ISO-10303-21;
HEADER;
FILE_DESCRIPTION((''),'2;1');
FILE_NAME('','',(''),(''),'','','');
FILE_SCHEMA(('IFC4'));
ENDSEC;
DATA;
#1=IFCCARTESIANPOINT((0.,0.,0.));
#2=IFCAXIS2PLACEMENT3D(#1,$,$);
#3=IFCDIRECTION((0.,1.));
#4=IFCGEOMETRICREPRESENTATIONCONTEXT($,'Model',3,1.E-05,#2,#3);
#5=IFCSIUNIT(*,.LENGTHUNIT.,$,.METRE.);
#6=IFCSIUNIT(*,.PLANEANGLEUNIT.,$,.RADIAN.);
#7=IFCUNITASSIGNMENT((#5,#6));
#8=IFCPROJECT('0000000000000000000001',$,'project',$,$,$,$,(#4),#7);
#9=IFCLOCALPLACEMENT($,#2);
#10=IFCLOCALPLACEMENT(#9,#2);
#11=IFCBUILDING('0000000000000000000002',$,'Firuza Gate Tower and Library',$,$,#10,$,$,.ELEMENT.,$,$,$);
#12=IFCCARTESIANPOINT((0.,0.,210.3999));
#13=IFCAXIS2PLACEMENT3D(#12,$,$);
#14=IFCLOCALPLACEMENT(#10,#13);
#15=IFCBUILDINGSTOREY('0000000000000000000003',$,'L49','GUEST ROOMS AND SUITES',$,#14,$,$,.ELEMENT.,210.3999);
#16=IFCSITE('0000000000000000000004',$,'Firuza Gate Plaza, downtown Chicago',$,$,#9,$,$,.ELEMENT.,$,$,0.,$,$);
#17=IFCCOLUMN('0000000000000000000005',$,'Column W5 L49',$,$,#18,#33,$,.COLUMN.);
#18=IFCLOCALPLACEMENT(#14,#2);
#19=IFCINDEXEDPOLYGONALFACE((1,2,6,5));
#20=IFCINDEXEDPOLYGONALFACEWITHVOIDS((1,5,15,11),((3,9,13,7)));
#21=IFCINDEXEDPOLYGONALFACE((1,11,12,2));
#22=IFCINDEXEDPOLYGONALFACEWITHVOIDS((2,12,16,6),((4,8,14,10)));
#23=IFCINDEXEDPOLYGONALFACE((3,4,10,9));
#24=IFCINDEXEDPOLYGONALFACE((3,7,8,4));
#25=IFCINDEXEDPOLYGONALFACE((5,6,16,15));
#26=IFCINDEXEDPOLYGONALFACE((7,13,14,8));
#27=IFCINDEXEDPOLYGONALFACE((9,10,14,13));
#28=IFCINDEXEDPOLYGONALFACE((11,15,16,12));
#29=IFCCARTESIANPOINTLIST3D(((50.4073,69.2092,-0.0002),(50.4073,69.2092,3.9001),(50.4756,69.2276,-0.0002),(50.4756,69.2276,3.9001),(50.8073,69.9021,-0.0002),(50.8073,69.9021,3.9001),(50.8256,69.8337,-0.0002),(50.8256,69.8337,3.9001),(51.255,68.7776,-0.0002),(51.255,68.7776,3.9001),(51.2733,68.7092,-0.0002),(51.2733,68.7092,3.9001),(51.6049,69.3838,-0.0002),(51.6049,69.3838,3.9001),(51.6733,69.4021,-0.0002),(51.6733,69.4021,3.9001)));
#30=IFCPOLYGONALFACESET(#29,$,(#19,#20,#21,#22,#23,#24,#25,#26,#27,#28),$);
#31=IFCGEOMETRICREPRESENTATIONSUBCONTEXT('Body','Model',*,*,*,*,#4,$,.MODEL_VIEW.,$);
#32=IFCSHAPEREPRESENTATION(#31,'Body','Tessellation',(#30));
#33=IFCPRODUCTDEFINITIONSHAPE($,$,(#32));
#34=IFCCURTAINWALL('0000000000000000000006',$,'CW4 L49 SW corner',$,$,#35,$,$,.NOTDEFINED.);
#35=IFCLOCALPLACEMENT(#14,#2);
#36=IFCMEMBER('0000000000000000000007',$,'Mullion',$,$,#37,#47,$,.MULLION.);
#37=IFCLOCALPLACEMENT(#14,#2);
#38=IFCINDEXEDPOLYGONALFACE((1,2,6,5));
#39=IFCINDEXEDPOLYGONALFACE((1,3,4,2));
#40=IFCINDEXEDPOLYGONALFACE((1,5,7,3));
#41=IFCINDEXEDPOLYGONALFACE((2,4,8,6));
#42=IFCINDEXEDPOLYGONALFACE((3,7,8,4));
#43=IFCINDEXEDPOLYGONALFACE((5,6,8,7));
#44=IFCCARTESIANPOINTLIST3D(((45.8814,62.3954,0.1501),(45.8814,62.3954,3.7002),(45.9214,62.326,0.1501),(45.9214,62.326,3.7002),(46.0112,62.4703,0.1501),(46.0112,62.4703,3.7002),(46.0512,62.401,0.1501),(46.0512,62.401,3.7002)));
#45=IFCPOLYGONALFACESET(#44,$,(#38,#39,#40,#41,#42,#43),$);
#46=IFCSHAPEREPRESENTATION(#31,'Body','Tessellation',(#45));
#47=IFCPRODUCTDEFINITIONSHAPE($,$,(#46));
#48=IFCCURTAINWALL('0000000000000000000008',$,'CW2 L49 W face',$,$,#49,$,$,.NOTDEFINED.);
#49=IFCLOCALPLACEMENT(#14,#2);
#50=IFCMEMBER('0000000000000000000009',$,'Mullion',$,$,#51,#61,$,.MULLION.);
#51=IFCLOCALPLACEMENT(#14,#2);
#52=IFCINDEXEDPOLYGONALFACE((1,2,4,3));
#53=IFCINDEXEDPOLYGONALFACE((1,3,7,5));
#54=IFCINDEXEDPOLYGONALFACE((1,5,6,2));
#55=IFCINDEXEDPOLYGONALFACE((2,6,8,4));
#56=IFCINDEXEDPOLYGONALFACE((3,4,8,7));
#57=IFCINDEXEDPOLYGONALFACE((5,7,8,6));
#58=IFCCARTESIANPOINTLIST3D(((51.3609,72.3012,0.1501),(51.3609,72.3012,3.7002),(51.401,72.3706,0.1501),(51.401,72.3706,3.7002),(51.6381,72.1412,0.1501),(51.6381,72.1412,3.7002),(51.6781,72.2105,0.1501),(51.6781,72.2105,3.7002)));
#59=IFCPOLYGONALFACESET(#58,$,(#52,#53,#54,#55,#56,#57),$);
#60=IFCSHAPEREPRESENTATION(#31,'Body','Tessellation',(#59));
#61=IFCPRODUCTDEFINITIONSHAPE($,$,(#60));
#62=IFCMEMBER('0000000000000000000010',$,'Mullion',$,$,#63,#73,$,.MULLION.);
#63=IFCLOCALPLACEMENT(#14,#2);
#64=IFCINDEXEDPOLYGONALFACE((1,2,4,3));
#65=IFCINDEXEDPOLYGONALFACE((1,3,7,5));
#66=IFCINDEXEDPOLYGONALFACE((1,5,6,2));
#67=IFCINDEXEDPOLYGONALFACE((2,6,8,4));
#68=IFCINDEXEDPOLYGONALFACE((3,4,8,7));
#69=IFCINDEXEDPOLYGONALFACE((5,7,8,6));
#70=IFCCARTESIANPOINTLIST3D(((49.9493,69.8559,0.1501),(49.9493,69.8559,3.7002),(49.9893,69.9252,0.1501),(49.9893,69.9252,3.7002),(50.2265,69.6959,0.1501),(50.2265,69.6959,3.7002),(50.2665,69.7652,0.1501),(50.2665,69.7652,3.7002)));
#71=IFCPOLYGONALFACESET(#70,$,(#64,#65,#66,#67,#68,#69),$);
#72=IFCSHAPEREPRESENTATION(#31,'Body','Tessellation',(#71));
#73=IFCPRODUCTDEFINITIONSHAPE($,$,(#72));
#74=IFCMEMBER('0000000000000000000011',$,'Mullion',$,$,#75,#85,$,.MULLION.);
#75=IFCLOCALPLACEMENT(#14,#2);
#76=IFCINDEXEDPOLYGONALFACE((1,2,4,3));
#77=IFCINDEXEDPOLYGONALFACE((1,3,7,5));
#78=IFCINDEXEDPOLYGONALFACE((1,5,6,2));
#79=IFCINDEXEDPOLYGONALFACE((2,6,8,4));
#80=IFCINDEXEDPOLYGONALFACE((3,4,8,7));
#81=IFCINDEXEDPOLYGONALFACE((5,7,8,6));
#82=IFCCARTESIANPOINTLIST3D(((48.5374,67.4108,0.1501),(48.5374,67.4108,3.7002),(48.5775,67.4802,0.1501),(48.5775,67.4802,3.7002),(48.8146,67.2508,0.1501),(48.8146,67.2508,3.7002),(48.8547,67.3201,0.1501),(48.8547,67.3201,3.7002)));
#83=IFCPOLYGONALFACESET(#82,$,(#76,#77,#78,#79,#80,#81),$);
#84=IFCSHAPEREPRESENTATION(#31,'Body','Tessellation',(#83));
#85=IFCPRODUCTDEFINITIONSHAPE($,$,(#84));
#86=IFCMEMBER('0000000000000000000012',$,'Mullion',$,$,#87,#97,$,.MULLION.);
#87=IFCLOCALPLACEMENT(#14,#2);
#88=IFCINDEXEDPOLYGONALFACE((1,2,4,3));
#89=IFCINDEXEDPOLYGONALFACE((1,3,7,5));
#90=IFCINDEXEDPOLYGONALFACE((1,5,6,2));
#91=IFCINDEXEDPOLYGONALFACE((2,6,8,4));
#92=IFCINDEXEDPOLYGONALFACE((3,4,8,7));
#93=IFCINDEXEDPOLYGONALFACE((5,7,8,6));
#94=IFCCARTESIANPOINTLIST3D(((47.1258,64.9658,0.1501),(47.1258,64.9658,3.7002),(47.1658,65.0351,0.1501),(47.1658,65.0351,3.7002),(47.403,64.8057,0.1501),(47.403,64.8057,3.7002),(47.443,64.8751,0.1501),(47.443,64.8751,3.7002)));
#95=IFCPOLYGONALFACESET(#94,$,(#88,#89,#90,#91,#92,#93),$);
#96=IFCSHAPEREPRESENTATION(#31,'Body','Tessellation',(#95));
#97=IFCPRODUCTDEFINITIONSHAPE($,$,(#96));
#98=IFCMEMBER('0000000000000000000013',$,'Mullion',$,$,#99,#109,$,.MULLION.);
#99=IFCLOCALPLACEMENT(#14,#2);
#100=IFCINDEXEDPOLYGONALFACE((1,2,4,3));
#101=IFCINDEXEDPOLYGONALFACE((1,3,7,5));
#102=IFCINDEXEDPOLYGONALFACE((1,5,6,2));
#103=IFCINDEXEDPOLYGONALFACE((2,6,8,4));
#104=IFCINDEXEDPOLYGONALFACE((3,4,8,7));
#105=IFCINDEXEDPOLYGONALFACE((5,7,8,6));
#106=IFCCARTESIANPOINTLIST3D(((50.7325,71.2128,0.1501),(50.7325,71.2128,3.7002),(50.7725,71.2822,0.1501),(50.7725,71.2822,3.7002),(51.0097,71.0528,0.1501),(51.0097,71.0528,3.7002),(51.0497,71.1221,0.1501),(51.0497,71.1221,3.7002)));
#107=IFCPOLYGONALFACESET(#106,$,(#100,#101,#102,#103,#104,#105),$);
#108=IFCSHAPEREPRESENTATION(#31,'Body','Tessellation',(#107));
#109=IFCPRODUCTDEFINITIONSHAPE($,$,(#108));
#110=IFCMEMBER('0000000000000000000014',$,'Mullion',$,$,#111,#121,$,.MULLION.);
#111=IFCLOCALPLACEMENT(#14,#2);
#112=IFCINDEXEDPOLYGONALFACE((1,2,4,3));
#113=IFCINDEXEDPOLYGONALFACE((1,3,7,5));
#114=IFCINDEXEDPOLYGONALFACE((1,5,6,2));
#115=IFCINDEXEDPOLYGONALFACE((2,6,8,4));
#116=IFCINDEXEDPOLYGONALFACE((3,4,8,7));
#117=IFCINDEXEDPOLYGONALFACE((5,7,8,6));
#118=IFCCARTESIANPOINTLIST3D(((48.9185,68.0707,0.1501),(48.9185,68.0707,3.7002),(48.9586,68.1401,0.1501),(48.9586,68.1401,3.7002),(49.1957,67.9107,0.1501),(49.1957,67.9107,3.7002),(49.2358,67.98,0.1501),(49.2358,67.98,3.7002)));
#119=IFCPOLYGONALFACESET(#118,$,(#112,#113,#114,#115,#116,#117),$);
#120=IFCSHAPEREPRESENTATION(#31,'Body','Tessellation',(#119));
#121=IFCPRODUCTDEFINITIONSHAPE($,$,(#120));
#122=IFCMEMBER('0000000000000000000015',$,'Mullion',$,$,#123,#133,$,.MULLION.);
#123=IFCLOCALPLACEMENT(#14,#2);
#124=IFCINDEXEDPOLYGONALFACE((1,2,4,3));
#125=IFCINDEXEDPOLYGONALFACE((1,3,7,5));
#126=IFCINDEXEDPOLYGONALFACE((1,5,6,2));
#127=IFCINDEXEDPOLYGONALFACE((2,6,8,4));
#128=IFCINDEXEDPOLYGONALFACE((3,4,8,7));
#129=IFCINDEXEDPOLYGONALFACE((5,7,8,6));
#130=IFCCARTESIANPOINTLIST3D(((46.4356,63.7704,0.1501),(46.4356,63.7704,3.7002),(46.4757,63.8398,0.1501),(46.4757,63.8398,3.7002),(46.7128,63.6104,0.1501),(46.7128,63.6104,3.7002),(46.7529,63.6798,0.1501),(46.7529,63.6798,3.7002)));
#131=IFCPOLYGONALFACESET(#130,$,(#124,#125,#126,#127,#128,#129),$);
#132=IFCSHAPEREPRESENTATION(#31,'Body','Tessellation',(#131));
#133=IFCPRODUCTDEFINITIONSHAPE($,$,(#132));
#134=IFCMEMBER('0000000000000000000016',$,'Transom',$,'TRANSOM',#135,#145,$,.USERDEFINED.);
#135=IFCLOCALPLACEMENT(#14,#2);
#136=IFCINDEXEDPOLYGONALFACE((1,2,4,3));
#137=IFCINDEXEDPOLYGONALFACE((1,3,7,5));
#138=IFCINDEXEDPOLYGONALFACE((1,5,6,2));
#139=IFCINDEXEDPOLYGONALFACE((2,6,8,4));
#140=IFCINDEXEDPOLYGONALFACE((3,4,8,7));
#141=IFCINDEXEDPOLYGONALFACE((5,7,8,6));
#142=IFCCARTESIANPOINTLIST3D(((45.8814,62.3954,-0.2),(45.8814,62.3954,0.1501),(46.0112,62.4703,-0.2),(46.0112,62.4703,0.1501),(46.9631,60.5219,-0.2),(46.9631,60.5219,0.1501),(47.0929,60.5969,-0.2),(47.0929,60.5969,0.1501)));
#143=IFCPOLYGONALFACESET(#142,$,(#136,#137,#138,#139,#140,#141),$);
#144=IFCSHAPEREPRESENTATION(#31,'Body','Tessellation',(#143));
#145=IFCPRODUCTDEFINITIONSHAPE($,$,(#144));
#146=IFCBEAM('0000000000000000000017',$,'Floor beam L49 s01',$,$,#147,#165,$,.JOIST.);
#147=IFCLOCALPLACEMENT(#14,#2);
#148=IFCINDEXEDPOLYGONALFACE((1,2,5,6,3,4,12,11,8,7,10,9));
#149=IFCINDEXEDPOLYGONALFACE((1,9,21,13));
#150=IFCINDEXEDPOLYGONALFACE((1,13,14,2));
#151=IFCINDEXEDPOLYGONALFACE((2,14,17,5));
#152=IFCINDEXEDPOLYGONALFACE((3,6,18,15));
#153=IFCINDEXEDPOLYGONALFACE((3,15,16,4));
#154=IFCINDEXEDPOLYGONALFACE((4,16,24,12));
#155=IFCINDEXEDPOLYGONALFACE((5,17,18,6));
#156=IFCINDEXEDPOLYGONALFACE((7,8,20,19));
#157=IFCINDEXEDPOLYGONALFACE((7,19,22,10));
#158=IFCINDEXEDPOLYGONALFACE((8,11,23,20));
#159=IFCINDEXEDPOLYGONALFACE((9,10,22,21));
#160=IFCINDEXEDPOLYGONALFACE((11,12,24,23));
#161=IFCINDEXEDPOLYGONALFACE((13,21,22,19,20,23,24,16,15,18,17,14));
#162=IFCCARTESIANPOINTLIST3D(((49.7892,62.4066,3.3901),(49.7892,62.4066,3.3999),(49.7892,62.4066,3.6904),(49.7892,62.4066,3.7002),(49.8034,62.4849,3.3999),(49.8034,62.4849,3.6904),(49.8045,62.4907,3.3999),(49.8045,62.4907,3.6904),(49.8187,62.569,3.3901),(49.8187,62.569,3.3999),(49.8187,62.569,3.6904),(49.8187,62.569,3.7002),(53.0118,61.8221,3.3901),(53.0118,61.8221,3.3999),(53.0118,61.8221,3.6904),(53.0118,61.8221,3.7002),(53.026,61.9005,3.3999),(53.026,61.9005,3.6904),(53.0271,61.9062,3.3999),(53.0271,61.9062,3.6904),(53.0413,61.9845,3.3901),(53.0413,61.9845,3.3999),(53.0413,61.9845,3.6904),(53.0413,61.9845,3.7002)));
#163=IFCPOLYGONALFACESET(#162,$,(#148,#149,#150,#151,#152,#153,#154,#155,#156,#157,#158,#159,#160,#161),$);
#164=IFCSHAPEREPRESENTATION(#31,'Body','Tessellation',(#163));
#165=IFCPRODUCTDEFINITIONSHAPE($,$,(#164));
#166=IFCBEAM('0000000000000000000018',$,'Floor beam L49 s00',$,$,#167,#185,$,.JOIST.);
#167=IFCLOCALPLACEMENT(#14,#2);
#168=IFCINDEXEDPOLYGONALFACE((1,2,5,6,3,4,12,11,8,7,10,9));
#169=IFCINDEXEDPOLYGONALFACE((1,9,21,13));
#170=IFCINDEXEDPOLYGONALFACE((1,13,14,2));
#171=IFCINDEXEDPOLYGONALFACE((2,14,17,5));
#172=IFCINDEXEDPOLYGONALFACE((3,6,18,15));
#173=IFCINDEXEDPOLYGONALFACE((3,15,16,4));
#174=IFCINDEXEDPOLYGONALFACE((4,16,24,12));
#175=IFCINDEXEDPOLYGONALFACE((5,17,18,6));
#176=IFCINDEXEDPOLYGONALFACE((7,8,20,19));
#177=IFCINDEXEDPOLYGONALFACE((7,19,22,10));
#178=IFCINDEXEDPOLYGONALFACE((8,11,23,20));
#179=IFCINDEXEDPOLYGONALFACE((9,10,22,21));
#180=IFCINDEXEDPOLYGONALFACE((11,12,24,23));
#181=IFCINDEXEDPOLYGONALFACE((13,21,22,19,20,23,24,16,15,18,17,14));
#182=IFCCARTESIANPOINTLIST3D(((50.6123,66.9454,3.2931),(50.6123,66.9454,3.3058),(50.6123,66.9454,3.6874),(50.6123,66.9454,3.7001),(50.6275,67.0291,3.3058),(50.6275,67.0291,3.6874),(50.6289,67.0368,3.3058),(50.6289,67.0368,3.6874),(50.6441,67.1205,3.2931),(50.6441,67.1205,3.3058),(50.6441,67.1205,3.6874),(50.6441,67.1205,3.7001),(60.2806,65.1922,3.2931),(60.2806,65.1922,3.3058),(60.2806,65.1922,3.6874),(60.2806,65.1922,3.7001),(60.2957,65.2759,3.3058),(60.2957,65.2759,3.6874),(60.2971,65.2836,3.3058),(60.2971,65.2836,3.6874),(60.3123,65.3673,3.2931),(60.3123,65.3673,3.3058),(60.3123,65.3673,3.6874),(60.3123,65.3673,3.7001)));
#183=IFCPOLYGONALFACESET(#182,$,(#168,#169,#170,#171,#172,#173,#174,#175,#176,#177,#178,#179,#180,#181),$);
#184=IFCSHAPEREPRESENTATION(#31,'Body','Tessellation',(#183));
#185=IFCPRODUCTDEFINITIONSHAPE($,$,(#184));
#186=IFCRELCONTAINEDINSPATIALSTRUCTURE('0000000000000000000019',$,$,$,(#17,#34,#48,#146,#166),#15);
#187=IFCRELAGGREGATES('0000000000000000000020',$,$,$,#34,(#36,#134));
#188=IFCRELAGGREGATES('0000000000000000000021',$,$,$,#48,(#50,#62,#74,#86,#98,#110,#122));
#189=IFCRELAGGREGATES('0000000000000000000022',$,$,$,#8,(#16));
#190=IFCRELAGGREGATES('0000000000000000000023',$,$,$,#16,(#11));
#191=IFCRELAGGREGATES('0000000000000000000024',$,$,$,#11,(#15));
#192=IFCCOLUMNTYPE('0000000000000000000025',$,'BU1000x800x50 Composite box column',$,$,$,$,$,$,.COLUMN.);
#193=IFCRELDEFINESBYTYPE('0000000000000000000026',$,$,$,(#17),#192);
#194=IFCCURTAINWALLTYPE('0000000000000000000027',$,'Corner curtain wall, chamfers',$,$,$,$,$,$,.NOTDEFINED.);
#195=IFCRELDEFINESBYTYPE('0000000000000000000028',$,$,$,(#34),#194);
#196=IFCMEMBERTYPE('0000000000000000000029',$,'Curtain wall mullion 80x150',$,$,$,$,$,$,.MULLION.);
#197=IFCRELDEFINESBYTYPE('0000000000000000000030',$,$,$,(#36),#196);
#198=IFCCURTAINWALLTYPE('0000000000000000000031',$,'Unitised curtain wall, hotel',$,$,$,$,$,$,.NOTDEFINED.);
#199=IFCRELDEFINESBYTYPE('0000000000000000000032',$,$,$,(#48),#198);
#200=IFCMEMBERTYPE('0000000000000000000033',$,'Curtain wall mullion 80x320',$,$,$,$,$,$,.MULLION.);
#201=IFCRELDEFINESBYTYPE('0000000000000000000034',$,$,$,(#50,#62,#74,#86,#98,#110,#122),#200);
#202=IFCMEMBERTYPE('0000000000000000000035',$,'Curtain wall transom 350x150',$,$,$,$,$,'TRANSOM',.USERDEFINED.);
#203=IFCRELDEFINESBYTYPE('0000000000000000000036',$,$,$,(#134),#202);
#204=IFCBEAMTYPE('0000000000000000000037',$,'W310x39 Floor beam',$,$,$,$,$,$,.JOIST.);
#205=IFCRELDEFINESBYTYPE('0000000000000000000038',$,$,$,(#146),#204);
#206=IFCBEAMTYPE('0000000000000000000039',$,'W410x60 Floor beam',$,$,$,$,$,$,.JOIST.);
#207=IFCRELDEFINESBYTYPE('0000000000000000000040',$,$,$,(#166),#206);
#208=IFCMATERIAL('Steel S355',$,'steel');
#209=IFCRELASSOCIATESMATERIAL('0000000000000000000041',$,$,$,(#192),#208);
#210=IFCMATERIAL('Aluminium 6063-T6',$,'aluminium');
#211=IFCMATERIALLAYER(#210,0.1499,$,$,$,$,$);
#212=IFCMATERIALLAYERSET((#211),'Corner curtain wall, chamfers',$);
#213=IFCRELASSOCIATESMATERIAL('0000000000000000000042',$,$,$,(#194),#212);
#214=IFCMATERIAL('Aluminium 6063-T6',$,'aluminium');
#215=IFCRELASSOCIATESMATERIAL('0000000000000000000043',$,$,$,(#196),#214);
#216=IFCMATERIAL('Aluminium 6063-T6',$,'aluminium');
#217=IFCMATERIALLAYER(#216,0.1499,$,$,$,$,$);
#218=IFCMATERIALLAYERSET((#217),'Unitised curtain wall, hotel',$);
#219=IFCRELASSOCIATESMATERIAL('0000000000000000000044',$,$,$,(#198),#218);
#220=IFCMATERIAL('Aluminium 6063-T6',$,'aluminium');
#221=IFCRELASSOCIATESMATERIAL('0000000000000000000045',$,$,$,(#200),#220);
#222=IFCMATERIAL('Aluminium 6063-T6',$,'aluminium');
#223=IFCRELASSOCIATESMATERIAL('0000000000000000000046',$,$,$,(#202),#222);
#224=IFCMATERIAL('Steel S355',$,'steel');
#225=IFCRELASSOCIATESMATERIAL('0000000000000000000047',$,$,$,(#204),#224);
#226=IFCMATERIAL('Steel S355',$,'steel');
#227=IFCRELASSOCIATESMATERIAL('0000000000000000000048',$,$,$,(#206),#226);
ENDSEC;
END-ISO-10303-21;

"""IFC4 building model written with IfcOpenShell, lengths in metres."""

from ifc_helpers import new_model, si_unit, direction, frame, origin, origin_2d, place, context, subcontext, project, spatial, rectangle, hollow_rectangle, i_section, extrude, material, layer, layer_set, material_profile, profile_set, type_object, element, aggregate, save


model = new_model("IFC4")

# Units and contexts
model_context = context("Model", 3, precision=1e-05, world=origin(), true_north=direction((0.0, 1.0)))
body_context = subcontext(model_context, "Body", "Model", "MODEL_VIEW")
ifc_project = project(units=[si_unit("LENGTHUNIT", "METRE"), si_unit("PLANEANGLEUNIT", "RADIAN")], contexts=[model_context])

# Site, building, storey
site_placement = place(None, origin())
site = spatial("IfcSite", under=ifc_project, at=site_placement, Name="Firuza Gate Plaza, downtown Chicago", CompositionType="ELEMENT", RefElevation=0.0)
building_placement = place(site_placement, origin())
building = spatial("IfcBuilding", under=site, at=building_placement, Name="Firuza Gate Tower and Library", CompositionType="ELEMENT")
storey_placement = place(building_placement, frame((0.0, 0.0, 210.3999)))
storey = spatial("IfcBuildingStorey", under=building, at=storey_placement, Name="L49", Description="GUEST ROOMS AND SUITES", CompositionType="ELEMENT", Elevation=210.3999)

# Column
ifc_material_1 = material(Name="Steel S355", Category="steel")
ifc_material_profile_1 = material_profile(ifc_material_1, hollow_rectangle(XDim=0.8, YDim=1.0, WallThickness=0.05, at=origin_2d()))
ifc_profile_set_1 = profile_set([ifc_material_profile_1], Name="Steel S355")
column_type = type_object("IfcColumnType", Name="BU1000x800x50 Composite box column", PredefinedType="COLUMN", material=ifc_profile_set_1)
column_placement = place(storey_placement, frame((51.0403, 69.3057, -0.0002), z_axis=(0.0, 0.0, 1.0), x_axis=(-0.5, -0.866025, 0.0)))
element("IfcColumn", 1, at=column_placement, inside=storey, type_object=column_type, Name="Column W5 L49", PredefinedType="COLUMN", context=body_context, shape_type="SweptSolid", body=[
    extrude(hollow_rectangle(XDim=0.8, YDim=1.0, WallThickness=0.05, at=origin_2d()), origin(), (0.0, 0.0, 1.0), 3.9004),
])

# Curtain wall, member
ifc_material_2 = material(Name="Aluminium 6063-T6", Category="aluminium")
ifc_layer_1 = layer(ifc_material_2, 0.1499)
ifc_layer_set_1 = layer_set([ifc_layer_1], Name="Corner curtain wall, chamfers")
curtain_wall_type_1 = type_object("IfcCurtainWallType", Name="Corner curtain wall, chamfers", PredefinedType="NOTDEFINED", material=ifc_layer_set_1)
placement = place(storey_placement, origin())
curtain_wall_1 = element("IfcCurtainWall", 2, at=placement, inside=storey, type_object=curtain_wall_type_1, Name="CW4 L49 SW corner", PredefinedType="NOTDEFINED")
ifc_material_3 = material(Name="Aluminium 6063-T6", Category="aluminium")
ifc_material_profile_2 = material_profile(ifc_material_3, rectangle(XDim=0.1499, YDim=0.0801, at=origin_2d()))
ifc_profile_set_2 = profile_set([ifc_material_profile_2], Name="Aluminium 6063-T6")
member_type_1 = type_object("IfcMemberType", Name="Curtain wall mullion 80x150", PredefinedType="MULLION", material=ifc_profile_set_2)
member_1_placement = place(storey_placement, frame((45.9663, 62.3982, 0.1501), z_axis=(0.0, 0.0, 1.0), x_axis=(0.866025, 0.5, 0.0)))
member_1 = element("IfcMember", 3, at=member_1_placement, type_object=member_type_1, Name="Mullion", PredefinedType="MULLION", context=body_context, shape_type="SweptSolid", body=[
    extrude(rectangle(XDim=0.1499, YDim=0.0801, at=origin_2d()), origin(), (0.0, 0.0, 1.0), 3.55),
])

# Curtain wall, members
ifc_material_4 = material(Name="Aluminium 6063-T6", Category="aluminium")
ifc_layer_2 = layer(ifc_material_4, 0.1499)
ifc_layer_set_2 = layer_set([ifc_layer_2], Name="Unitised curtain wall, hotel")
curtain_wall_type_2 = type_object("IfcCurtainWallType", Name="Unitised curtain wall, hotel", PredefinedType="NOTDEFINED", material=ifc_layer_set_2)
curtain_wall_2 = element("IfcCurtainWall", 4, at=placement, inside=storey, type_object=curtain_wall_type_2, Name="CW2 L49 W face", PredefinedType="NOTDEFINED")
ifc_material_5 = material(Name="Aluminium 6063-T6", Category="aluminium")
ifc_material_profile_3 = material_profile(ifc_material_5, rectangle(XDim=0.3201, YDim=0.0801, at=origin_2d()))
ifc_profile_set_3 = profile_set([ifc_material_profile_3], Name="Aluminium 6063-T6")
member_type_2 = type_object("IfcMemberType", Name="Curtain wall mullion 80x320", PredefinedType="MULLION", material=ifc_profile_set_3)
member_2_placement = place(storey_placement, frame((51.5195, 72.2559, 0.1501), z_axis=(0.0, 0.0, 1.0), x_axis=(0.866025, -0.5, 0.0)))
member_2 = element("IfcMember", 5, at=member_2_placement, type_object=member_type_2, Name="Mullion", PredefinedType="MULLION", context=body_context, shape_type="SweptSolid", body=[
    extrude(rectangle(XDim=0.3201, YDim=0.0801, at=origin_2d()), origin(), (0.0, 0.0, 1.0), 3.55),
])
member_3_placement = place(storey_placement, frame((50.1079, 69.8105, 0.1501), z_axis=(0.0, 0.0, 1.0), x_axis=(0.866025, -0.5, 0.0)))
member_3 = element("IfcMember", 6, at=member_3_placement, type_object=member_type_2, Name="Mullion", PredefinedType="MULLION", context=body_context, shape_type="SweptSolid", body=[
    extrude(rectangle(XDim=0.3201, YDim=0.0801, at=origin_2d()), origin(), (0.0, 0.0, 1.0), 3.55),
])
member_4_placement = place(storey_placement, frame((48.696, 67.3655, 0.1501), z_axis=(0.0, 0.0, 1.0), x_axis=(0.866025, -0.5, 0.0)))
member_4 = element("IfcMember", 7, at=member_4_placement, type_object=member_type_2, Name="Mullion", PredefinedType="MULLION", context=body_context, shape_type="SweptSolid", body=[
    extrude(rectangle(XDim=0.3201, YDim=0.0801, at=origin_2d()), origin(), (0.0, 0.0, 1.0), 3.55),
])
member_5_placement = place(storey_placement, frame((47.2844, 64.9204, 0.1501), z_axis=(0.0, 0.0, 1.0), x_axis=(0.866025, -0.5, 0.0)))
member_5 = element("IfcMember", 8, at=member_5_placement, type_object=member_type_2, Name="Mullion", PredefinedType="MULLION", context=body_context, shape_type="SweptSolid", body=[
    extrude(rectangle(XDim=0.3201, YDim=0.0801, at=origin_2d()), origin(), (0.0, 0.0, 1.0), 3.55),
])
member_6_placement = place(storey_placement, frame((50.8911, 71.1675, 0.1501), z_axis=(0.0, 0.0, 1.0), x_axis=(0.866025, -0.5, 0.0)))
member_6 = element("IfcMember", 9, at=member_6_placement, type_object=member_type_2, Name="Mullion", PredefinedType="MULLION", context=body_context, shape_type="SweptSolid", body=[
    extrude(rectangle(XDim=0.3201, YDim=0.0801, at=origin_2d()), origin(), (0.0, 0.0, 1.0), 3.55),
])
member_7_placement = place(storey_placement, frame((49.0771, 68.0254, 0.1501), z_axis=(0.0, 0.0, 1.0), x_axis=(0.866025, -0.5, 0.0)))
member_7 = element("IfcMember", 10, at=member_7_placement, type_object=member_type_2, Name="Mullion", PredefinedType="MULLION", context=body_context, shape_type="SweptSolid", body=[
    extrude(rectangle(XDim=0.3201, YDim=0.0801, at=origin_2d()), origin(), (0.0, 0.0, 1.0), 3.55),
])
member_8_placement = place(storey_placement, frame((46.5942, 63.7251, 0.1501), z_axis=(0.0, 0.0, 1.0), x_axis=(0.866025, -0.5, 0.0)))
member_8 = element("IfcMember", 11, at=member_8_placement, type_object=member_type_2, Name="Mullion", PredefinedType="MULLION", context=body_context, shape_type="SweptSolid", body=[
    extrude(rectangle(XDim=0.3201, YDim=0.0801, at=origin_2d()), origin(), (0.0, 0.0, 1.0), 3.55),
])

# Member
ifc_material_6 = material(Name="Aluminium 6063-T6", Category="aluminium")
ifc_material_profile_4 = material_profile(ifc_material_6, rectangle(XDim=0.1499, YDim=0.3501, at=origin_2d()))
ifc_profile_set_4 = profile_set([ifc_material_profile_4], Name="Aluminium 6063-T6")
member_type_3 = type_object("IfcMemberType", Name="Curtain wall transom 350x150", ElementType="TRANSOM", PredefinedType="USERDEFINED", material=ifc_profile_set_4)
member_9_placement = place(storey_placement, frame((45.9463, 62.4329, -0.0249), z_axis=(0.500035, -0.866005, 0.0), x_axis=(0.866005, 0.500035, 0.0)))
member_9 = element("IfcMember", 12, at=member_9_placement, type_object=member_type_3, Name="Transom", ObjectType="TRANSOM", PredefinedType="USERDEFINED", context=body_context, shape_type="SweptSolid", body=[
    extrude(rectangle(XDim=0.1499, YDim=0.3501, at=origin_2d()), origin(), (0.0, 0.0, 1.0), 2.1633),
])

# Beams
ifc_material_7 = material(Name="Steel S355", Category="steel")
ifc_material_profile_5 = material_profile(ifc_material_7, i_section(OverallWidth=0.165, OverallDepth=0.3101, WebThickness=0.0059, FlangeThickness=0.0098, at=origin_2d()))
ifc_profile_set_5 = profile_set([ifc_material_profile_5], Name="Steel S355")
beam_type_1 = type_object("IfcBeamType", Name="W310x39 Floor beam", PredefinedType="JOIST", material=ifc_profile_set_5)
beam_1_placement = place(storey_placement, frame((49.804, 62.4878, 3.5452), z_axis=(0.983949, -0.178452, 0.0), x_axis=(0.178452, 0.983949, 0.0)))
element("IfcBeam", 13, at=beam_1_placement, inside=storey, type_object=beam_type_1, Name="Floor beam L49 s01", PredefinedType="JOIST", context=body_context, shape_type="SweptSolid", body=[
    extrude(i_section(OverallWidth=0.165, OverallDepth=0.3101, WebThickness=0.0059, FlangeThickness=0.0098, at=origin_2d()), origin(), (0.0, 0.0, 1.0), 3.2751),
])
ifc_material_8 = material(Name="Steel S355", Category="steel")
ifc_material_profile_6 = material_profile(ifc_material_8, i_section(OverallWidth=0.178, OverallDepth=0.407, WebThickness=0.0078, FlangeThickness=0.0127, at=origin_2d()))
ifc_profile_set_6 = profile_set([ifc_material_profile_6], Name="Steel S355")
beam_type_2 = type_object("IfcBeamType", Name="W410x60 Floor beam", PredefinedType="JOIST", material=ifc_profile_set_6)
beam_2_placement = place(storey_placement, frame((50.6282, 67.033, 3.4966), z_axis=(0.983954, -0.178424, 0.0), x_axis=(0.178424, 0.983954, 0.0)))
element("IfcBeam", 14, at=beam_2_placement, inside=storey, type_object=beam_type_2, Name="Floor beam L49 s00", PredefinedType="JOIST", context=body_context, shape_type="SweptSolid", body=[
    extrude(i_section(OverallWidth=0.178, OverallDepth=0.407, WebThickness=0.0078, FlangeThickness=0.0127, at=origin_2d()), origin(), (0.0, 0.0, 1.0), 9.8259),
])

aggregate(curtain_wall_1, [member_1, member_9])
aggregate(curtain_wall_2, [member_2, member_3, member_4, member_5, member_6, member_7, member_8])

save(model, "model.ifc")
